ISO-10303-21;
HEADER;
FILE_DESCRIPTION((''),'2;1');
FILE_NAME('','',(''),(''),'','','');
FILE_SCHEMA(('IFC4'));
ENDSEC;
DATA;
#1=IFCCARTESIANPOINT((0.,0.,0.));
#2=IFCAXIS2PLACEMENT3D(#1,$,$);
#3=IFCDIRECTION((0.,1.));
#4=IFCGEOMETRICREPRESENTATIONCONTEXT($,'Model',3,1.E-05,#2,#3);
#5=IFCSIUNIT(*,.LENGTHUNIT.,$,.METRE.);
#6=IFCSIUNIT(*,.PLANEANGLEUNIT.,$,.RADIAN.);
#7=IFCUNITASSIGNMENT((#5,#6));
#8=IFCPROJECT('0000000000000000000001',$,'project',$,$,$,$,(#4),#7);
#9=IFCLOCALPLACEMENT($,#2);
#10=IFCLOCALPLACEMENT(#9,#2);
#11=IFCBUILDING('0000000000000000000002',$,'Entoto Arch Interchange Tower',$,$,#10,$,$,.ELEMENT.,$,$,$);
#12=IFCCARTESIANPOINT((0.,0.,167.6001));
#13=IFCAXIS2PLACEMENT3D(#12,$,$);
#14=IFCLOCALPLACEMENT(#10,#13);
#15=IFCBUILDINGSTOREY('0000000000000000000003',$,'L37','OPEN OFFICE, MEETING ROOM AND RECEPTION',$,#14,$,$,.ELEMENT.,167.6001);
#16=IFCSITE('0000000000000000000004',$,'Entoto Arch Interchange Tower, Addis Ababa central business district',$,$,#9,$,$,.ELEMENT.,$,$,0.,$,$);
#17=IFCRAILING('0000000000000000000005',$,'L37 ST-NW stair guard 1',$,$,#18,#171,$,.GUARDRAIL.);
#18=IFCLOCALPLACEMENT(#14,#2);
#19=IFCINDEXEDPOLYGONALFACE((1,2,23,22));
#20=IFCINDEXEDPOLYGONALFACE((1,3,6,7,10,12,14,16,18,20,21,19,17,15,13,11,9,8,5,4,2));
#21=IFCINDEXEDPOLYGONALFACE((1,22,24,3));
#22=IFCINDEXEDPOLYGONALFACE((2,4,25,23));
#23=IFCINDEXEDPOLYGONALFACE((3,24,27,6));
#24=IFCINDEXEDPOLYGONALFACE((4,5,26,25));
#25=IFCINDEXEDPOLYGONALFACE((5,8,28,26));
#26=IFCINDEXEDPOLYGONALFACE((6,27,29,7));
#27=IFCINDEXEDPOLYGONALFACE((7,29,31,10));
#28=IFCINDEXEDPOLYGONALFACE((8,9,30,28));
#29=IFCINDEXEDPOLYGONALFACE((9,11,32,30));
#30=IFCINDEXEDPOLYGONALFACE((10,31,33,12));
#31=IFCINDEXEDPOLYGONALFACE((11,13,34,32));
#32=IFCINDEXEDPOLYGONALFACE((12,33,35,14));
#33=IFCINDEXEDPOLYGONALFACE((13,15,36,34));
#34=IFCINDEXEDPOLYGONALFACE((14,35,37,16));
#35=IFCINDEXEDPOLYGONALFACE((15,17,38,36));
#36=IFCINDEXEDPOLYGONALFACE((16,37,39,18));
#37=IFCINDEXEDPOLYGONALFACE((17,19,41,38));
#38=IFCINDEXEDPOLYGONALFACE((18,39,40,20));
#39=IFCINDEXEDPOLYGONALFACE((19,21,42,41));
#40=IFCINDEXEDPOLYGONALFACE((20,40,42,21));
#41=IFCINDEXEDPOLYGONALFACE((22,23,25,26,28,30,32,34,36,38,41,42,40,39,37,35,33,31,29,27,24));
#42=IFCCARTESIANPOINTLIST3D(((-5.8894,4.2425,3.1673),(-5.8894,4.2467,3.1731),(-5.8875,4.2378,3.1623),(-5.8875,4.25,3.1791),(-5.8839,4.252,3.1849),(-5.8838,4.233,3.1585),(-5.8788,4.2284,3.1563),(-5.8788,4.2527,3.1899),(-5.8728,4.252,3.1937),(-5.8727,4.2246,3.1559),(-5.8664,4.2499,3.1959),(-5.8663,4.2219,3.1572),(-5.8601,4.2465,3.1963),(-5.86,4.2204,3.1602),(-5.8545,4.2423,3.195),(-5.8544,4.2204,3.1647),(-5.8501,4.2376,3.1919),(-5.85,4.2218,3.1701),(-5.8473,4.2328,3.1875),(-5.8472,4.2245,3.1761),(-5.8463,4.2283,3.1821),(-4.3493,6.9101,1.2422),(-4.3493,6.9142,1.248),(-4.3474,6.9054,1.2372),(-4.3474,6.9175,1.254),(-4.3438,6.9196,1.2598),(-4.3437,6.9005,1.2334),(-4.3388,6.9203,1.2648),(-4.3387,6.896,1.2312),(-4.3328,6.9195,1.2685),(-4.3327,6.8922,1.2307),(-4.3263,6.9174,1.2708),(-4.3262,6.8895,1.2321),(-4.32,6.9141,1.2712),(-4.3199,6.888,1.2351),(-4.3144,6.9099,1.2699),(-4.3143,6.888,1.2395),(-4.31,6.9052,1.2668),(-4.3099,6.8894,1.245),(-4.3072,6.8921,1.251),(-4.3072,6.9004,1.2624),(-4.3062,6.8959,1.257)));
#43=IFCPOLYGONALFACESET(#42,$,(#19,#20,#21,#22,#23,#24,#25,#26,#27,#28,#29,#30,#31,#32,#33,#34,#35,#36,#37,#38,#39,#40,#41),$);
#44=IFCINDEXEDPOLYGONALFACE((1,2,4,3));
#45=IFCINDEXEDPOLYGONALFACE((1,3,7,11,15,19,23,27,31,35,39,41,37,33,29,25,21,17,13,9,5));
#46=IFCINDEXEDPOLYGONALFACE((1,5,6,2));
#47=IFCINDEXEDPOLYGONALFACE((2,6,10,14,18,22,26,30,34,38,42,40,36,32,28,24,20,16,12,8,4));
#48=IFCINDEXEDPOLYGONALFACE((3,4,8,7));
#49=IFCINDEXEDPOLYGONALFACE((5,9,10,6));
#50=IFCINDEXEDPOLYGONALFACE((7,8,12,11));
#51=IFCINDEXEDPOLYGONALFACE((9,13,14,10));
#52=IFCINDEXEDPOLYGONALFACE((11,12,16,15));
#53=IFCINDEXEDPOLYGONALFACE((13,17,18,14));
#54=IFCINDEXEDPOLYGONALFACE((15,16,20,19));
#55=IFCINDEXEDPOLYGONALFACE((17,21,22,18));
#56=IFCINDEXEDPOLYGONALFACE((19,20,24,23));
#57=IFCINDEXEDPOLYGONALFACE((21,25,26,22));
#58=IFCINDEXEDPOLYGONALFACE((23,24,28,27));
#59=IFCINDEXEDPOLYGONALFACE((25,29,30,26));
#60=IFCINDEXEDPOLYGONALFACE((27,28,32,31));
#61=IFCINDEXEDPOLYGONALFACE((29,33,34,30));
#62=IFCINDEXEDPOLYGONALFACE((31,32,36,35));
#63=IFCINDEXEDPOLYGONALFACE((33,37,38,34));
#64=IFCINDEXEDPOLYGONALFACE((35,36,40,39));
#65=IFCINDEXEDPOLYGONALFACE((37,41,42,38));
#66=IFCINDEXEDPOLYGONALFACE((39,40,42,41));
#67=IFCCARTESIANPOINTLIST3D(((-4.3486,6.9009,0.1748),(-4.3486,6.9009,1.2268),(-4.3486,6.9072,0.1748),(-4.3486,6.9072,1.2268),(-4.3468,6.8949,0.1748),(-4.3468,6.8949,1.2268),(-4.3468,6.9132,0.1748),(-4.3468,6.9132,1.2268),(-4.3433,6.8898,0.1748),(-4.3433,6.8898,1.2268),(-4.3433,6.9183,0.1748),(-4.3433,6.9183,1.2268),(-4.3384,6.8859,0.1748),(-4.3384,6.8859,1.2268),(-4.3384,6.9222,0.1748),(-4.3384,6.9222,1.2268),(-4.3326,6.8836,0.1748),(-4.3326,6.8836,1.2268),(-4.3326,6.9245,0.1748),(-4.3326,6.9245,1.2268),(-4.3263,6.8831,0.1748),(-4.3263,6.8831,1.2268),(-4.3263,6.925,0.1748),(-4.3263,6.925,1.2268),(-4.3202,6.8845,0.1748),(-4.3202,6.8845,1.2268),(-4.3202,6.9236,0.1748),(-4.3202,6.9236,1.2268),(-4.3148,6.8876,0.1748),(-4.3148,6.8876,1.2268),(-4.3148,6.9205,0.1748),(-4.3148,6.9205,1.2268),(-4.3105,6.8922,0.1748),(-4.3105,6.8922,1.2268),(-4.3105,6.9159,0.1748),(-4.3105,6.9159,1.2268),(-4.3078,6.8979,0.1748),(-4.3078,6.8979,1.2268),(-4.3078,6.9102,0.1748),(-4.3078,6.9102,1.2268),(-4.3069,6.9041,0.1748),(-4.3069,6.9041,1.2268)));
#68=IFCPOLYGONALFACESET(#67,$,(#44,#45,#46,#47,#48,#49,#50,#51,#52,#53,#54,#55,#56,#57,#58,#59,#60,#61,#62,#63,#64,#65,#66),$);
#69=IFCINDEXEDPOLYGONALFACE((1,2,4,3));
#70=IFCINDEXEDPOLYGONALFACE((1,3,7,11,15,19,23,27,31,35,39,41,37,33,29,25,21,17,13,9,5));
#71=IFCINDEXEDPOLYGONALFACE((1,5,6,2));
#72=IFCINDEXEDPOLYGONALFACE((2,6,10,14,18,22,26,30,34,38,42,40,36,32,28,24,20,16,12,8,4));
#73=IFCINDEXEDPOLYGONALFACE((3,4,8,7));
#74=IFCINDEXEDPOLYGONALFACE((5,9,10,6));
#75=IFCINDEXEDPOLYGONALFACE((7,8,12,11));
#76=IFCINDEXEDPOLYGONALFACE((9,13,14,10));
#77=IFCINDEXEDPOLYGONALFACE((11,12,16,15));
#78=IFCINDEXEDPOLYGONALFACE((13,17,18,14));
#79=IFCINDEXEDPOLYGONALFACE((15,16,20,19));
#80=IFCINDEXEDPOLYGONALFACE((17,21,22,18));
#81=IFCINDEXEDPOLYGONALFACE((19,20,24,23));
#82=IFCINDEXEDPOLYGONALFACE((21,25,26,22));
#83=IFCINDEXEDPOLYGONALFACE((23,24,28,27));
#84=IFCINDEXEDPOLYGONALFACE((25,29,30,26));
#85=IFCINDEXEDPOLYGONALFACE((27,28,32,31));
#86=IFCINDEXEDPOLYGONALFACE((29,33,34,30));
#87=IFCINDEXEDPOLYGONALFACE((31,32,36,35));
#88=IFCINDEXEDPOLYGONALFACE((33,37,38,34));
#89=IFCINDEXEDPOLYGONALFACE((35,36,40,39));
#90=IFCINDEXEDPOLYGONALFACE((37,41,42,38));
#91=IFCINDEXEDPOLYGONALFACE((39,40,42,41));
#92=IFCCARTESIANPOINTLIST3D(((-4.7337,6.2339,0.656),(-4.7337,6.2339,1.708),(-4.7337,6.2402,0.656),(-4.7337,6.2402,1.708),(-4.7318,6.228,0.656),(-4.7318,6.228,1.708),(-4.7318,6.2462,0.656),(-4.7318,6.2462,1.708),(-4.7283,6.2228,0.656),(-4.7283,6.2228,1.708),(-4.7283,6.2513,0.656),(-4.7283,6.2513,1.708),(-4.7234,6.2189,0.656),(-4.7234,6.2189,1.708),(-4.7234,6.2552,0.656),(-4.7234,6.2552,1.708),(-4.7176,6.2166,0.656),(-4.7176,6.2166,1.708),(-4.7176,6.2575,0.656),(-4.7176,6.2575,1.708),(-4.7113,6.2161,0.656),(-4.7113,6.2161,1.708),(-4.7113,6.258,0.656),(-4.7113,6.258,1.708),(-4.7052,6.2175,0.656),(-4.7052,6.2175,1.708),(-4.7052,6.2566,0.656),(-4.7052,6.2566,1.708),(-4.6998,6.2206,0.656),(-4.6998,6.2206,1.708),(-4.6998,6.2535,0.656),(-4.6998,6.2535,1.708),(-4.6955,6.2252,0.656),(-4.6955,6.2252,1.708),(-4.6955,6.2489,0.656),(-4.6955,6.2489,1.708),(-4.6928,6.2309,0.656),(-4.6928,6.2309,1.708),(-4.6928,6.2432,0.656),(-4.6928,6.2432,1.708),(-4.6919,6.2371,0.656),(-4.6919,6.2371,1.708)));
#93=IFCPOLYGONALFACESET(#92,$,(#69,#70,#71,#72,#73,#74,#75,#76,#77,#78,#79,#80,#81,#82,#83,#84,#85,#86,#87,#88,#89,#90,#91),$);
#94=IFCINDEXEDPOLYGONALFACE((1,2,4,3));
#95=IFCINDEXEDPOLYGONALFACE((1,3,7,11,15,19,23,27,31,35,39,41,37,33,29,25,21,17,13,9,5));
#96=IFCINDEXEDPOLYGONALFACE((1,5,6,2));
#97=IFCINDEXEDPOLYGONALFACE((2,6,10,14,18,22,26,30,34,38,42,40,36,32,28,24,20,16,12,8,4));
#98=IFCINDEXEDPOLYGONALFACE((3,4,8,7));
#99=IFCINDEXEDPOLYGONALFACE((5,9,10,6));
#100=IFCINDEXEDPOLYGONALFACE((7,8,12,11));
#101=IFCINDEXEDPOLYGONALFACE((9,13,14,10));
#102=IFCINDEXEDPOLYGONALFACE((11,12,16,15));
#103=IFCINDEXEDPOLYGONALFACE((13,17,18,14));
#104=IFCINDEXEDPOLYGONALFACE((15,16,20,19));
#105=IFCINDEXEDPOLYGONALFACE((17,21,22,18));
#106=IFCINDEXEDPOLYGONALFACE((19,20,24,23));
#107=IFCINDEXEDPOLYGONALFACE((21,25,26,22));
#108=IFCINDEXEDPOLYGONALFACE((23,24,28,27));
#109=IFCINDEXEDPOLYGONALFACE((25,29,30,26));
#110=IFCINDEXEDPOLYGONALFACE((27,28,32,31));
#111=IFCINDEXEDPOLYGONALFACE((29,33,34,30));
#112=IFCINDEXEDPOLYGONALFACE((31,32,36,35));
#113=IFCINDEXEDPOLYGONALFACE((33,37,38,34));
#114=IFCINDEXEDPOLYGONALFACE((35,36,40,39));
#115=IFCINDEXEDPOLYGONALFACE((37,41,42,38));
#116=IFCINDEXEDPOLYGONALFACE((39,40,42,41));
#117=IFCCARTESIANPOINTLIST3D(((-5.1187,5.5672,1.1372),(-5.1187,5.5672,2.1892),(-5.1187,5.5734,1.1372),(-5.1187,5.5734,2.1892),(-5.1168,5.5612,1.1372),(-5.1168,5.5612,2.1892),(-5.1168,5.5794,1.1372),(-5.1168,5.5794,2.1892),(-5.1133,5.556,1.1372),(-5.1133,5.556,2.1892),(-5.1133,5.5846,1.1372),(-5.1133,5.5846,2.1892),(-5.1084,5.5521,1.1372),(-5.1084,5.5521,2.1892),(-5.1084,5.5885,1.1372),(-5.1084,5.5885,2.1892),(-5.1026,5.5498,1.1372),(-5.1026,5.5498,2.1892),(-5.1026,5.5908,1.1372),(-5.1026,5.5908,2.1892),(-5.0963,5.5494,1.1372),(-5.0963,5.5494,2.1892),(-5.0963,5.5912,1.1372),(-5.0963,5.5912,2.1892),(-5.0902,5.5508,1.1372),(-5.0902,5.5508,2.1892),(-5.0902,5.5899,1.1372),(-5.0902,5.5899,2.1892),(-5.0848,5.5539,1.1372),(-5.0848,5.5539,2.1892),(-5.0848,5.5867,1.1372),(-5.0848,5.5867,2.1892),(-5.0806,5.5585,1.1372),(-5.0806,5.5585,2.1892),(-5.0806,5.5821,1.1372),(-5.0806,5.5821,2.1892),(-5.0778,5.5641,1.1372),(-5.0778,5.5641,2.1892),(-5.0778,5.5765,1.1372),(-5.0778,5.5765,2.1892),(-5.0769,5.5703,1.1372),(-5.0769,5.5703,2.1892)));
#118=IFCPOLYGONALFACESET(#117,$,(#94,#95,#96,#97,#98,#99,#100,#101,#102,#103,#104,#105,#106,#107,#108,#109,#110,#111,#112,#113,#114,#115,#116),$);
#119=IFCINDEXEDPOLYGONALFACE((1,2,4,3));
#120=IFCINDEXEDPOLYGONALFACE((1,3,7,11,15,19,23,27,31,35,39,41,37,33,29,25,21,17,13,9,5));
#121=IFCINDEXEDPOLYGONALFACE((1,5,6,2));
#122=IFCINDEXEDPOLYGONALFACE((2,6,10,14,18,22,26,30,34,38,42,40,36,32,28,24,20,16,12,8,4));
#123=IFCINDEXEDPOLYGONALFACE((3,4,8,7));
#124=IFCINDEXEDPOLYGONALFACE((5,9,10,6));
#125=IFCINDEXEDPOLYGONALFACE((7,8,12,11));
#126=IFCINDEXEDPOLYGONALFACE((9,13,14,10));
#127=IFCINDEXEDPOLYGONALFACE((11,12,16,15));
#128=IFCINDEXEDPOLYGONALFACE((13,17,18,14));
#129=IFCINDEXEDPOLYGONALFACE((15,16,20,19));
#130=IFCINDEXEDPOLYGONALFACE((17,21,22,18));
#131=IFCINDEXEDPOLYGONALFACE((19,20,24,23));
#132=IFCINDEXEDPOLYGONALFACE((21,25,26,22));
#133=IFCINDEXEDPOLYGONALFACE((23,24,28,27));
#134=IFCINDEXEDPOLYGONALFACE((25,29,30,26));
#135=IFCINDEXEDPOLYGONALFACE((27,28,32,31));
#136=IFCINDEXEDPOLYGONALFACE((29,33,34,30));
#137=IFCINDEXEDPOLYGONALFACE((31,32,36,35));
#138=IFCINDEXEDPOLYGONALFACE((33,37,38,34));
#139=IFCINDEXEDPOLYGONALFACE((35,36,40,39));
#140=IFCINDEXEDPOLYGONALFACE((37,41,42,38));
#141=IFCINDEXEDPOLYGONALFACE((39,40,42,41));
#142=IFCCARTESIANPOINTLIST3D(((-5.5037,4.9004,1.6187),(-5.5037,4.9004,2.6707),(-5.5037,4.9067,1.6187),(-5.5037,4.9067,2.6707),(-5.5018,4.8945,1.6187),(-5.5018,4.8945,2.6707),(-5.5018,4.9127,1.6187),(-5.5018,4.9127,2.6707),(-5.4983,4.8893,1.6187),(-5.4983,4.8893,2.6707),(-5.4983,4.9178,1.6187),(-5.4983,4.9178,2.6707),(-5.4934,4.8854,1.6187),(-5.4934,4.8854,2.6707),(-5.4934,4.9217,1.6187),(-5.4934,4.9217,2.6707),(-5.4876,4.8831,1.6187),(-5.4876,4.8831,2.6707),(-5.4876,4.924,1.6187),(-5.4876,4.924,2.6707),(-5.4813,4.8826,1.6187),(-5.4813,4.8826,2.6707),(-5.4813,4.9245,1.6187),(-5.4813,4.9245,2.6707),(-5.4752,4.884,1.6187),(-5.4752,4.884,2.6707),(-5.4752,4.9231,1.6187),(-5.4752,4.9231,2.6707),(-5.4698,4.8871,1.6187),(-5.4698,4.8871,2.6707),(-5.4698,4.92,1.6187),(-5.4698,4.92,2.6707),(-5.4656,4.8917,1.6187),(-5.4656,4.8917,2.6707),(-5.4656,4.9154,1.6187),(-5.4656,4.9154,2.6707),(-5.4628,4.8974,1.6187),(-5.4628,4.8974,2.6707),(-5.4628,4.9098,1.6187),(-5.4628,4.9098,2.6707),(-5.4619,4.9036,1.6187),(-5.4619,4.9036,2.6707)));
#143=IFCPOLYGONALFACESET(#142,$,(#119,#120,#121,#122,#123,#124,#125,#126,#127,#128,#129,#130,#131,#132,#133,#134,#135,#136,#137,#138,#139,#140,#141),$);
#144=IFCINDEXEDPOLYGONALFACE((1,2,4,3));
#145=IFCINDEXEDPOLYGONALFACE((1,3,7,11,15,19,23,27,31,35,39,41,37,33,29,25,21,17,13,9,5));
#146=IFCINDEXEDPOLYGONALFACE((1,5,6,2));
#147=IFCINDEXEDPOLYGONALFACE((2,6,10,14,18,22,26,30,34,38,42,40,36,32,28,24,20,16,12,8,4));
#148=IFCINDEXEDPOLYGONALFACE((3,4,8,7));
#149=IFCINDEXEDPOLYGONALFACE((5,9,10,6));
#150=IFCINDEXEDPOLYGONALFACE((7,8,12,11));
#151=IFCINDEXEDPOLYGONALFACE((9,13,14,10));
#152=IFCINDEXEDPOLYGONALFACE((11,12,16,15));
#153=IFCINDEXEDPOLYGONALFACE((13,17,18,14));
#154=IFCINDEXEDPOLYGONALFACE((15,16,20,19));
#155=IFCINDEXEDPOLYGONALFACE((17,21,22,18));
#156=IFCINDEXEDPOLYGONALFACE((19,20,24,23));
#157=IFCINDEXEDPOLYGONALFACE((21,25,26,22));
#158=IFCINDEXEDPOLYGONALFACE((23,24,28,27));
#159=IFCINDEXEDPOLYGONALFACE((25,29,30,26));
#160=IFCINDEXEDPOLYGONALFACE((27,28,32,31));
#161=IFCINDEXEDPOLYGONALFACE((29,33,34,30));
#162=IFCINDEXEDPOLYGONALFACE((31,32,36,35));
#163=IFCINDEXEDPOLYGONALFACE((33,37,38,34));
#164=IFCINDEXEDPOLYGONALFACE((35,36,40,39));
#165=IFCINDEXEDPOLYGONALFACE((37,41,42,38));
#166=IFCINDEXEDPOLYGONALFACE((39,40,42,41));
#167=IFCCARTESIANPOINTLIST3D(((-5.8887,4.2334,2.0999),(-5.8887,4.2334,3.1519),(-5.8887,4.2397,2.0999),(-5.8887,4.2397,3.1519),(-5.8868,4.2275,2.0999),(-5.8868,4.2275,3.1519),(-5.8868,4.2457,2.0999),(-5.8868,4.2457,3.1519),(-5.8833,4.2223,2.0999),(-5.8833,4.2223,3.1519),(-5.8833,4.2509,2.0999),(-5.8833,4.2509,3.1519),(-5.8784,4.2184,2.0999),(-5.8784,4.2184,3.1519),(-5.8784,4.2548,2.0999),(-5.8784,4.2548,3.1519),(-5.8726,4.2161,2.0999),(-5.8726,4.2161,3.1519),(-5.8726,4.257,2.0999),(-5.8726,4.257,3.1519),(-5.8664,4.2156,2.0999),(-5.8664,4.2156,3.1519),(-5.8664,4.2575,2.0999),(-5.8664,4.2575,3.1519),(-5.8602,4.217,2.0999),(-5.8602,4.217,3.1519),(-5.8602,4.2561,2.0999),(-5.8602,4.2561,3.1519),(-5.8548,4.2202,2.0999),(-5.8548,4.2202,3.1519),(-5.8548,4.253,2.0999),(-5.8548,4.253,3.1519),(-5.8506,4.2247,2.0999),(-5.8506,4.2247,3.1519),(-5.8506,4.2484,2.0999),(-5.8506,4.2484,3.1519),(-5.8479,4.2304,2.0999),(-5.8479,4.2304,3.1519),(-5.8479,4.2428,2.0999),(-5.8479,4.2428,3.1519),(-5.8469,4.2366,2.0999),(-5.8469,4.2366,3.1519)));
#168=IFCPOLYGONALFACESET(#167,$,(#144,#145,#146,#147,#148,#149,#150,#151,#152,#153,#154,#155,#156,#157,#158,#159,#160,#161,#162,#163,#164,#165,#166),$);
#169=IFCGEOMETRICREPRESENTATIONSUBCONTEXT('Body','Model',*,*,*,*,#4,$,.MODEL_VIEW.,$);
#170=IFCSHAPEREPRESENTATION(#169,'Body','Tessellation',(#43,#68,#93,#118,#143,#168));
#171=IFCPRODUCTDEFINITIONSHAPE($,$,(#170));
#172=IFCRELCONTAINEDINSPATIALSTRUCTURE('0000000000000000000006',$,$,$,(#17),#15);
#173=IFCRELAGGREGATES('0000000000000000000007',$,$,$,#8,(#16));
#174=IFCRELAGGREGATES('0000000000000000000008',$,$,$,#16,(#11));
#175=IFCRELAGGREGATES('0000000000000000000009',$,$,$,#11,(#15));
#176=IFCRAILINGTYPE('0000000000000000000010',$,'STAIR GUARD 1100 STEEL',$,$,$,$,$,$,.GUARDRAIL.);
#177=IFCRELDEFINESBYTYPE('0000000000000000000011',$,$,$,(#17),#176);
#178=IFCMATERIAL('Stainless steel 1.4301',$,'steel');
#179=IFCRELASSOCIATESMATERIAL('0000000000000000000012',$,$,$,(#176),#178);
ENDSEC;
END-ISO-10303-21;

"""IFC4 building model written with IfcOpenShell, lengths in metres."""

from ifc_helpers import new_model, si_unit, direction, frame, origin, origin_2d, place, context, subcontext, project, spatial, circle, extrude, material, type_object, element, save


model = new_model("IFC4")

# Units and contexts
model_context = context("Model", 3, precision=1e-05, world=origin(), true_north=direction((0.0, 1.0)))
body_context = subcontext(model_context, "Body", "Model", "MODEL_VIEW")
ifc_project = project(units=[si_unit("LENGTHUNIT", "METRE"), si_unit("PLANEANGLEUNIT", "RADIAN")], contexts=[model_context])

# Site, building, storey
site_placement = place(None, origin())
site = spatial("IfcSite", under=ifc_project, at=site_placement, Name="Entoto Arch Interchange Tower, Addis Ababa central business district", CompositionType="ELEMENT", RefElevation=0.0)
building_placement = place(site_placement, origin())
building = spatial("IfcBuilding", under=site, at=building_placement, Name="Entoto Arch Interchange Tower", CompositionType="ELEMENT")
storey_placement = place(building_placement, frame((0.0, 0.0, 167.6001)))
storey = spatial("IfcBuildingStorey", under=building, at=storey_placement, Name="L37", Description="OPEN OFFICE, MEETING ROOM AND RECEPTION", CompositionType="ELEMENT", Elevation=167.6001)

# Railing
ifc_material_1 = material(Name="Stainless steel 1.4301", Category="steel")
railing_type_1 = type_object("IfcRailingType", Name="STAIR GUARD 1100 STEEL", PredefinedType="GUARDRAIL", material=ifc_material_1)
railing_1_placement = place(storey_placement, frame((-4.3279, 6.9041, 0.1748)))
element("IfcRailing", 1, at=railing_1_placement, inside=storey, type_object=railing_type_1, Name="L37 ST-NW stair guard 1", PredefinedType="GUARDRAIL", context=body_context, shape_type="SweptSolid", body=[
    extrude(circle(Radius=0.0239, at=origin_2d()), frame((0.0, 0.0, 1.0762), z_axis=(-0.423994, -0.734395, 0.529993), x_axis=(0.86603, -0.499992, 0.0)), (0.0, 0.0, 1.0), 3.6323),
    extrude(circle(Radius=0.021, at=origin_2d()), origin(), (0.0, 0.0, 1.0), 1.052),
    extrude(circle(Radius=0.021, at=origin_2d()), frame((-0.385, -0.667, 0.4812)), (0.0, 0.0, 1.0), 1.052),
    extrude(circle(Radius=0.021, at=origin_2d()), frame((-0.77, -1.3337, 0.9624)), (0.0, 0.0, 1.0), 1.052),
    extrude(circle(Radius=0.021, at=origin_2d()), frame((-1.155, -2.0005, 1.4438)), (0.0, 0.0, 1.0), 1.052),
    extrude(circle(Radius=0.021, at=origin_2d()), frame((-1.54, -2.6675, 1.925)), (0.0, 0.0, 1.0), 1.052),
])

save(model, "model.ifc")
